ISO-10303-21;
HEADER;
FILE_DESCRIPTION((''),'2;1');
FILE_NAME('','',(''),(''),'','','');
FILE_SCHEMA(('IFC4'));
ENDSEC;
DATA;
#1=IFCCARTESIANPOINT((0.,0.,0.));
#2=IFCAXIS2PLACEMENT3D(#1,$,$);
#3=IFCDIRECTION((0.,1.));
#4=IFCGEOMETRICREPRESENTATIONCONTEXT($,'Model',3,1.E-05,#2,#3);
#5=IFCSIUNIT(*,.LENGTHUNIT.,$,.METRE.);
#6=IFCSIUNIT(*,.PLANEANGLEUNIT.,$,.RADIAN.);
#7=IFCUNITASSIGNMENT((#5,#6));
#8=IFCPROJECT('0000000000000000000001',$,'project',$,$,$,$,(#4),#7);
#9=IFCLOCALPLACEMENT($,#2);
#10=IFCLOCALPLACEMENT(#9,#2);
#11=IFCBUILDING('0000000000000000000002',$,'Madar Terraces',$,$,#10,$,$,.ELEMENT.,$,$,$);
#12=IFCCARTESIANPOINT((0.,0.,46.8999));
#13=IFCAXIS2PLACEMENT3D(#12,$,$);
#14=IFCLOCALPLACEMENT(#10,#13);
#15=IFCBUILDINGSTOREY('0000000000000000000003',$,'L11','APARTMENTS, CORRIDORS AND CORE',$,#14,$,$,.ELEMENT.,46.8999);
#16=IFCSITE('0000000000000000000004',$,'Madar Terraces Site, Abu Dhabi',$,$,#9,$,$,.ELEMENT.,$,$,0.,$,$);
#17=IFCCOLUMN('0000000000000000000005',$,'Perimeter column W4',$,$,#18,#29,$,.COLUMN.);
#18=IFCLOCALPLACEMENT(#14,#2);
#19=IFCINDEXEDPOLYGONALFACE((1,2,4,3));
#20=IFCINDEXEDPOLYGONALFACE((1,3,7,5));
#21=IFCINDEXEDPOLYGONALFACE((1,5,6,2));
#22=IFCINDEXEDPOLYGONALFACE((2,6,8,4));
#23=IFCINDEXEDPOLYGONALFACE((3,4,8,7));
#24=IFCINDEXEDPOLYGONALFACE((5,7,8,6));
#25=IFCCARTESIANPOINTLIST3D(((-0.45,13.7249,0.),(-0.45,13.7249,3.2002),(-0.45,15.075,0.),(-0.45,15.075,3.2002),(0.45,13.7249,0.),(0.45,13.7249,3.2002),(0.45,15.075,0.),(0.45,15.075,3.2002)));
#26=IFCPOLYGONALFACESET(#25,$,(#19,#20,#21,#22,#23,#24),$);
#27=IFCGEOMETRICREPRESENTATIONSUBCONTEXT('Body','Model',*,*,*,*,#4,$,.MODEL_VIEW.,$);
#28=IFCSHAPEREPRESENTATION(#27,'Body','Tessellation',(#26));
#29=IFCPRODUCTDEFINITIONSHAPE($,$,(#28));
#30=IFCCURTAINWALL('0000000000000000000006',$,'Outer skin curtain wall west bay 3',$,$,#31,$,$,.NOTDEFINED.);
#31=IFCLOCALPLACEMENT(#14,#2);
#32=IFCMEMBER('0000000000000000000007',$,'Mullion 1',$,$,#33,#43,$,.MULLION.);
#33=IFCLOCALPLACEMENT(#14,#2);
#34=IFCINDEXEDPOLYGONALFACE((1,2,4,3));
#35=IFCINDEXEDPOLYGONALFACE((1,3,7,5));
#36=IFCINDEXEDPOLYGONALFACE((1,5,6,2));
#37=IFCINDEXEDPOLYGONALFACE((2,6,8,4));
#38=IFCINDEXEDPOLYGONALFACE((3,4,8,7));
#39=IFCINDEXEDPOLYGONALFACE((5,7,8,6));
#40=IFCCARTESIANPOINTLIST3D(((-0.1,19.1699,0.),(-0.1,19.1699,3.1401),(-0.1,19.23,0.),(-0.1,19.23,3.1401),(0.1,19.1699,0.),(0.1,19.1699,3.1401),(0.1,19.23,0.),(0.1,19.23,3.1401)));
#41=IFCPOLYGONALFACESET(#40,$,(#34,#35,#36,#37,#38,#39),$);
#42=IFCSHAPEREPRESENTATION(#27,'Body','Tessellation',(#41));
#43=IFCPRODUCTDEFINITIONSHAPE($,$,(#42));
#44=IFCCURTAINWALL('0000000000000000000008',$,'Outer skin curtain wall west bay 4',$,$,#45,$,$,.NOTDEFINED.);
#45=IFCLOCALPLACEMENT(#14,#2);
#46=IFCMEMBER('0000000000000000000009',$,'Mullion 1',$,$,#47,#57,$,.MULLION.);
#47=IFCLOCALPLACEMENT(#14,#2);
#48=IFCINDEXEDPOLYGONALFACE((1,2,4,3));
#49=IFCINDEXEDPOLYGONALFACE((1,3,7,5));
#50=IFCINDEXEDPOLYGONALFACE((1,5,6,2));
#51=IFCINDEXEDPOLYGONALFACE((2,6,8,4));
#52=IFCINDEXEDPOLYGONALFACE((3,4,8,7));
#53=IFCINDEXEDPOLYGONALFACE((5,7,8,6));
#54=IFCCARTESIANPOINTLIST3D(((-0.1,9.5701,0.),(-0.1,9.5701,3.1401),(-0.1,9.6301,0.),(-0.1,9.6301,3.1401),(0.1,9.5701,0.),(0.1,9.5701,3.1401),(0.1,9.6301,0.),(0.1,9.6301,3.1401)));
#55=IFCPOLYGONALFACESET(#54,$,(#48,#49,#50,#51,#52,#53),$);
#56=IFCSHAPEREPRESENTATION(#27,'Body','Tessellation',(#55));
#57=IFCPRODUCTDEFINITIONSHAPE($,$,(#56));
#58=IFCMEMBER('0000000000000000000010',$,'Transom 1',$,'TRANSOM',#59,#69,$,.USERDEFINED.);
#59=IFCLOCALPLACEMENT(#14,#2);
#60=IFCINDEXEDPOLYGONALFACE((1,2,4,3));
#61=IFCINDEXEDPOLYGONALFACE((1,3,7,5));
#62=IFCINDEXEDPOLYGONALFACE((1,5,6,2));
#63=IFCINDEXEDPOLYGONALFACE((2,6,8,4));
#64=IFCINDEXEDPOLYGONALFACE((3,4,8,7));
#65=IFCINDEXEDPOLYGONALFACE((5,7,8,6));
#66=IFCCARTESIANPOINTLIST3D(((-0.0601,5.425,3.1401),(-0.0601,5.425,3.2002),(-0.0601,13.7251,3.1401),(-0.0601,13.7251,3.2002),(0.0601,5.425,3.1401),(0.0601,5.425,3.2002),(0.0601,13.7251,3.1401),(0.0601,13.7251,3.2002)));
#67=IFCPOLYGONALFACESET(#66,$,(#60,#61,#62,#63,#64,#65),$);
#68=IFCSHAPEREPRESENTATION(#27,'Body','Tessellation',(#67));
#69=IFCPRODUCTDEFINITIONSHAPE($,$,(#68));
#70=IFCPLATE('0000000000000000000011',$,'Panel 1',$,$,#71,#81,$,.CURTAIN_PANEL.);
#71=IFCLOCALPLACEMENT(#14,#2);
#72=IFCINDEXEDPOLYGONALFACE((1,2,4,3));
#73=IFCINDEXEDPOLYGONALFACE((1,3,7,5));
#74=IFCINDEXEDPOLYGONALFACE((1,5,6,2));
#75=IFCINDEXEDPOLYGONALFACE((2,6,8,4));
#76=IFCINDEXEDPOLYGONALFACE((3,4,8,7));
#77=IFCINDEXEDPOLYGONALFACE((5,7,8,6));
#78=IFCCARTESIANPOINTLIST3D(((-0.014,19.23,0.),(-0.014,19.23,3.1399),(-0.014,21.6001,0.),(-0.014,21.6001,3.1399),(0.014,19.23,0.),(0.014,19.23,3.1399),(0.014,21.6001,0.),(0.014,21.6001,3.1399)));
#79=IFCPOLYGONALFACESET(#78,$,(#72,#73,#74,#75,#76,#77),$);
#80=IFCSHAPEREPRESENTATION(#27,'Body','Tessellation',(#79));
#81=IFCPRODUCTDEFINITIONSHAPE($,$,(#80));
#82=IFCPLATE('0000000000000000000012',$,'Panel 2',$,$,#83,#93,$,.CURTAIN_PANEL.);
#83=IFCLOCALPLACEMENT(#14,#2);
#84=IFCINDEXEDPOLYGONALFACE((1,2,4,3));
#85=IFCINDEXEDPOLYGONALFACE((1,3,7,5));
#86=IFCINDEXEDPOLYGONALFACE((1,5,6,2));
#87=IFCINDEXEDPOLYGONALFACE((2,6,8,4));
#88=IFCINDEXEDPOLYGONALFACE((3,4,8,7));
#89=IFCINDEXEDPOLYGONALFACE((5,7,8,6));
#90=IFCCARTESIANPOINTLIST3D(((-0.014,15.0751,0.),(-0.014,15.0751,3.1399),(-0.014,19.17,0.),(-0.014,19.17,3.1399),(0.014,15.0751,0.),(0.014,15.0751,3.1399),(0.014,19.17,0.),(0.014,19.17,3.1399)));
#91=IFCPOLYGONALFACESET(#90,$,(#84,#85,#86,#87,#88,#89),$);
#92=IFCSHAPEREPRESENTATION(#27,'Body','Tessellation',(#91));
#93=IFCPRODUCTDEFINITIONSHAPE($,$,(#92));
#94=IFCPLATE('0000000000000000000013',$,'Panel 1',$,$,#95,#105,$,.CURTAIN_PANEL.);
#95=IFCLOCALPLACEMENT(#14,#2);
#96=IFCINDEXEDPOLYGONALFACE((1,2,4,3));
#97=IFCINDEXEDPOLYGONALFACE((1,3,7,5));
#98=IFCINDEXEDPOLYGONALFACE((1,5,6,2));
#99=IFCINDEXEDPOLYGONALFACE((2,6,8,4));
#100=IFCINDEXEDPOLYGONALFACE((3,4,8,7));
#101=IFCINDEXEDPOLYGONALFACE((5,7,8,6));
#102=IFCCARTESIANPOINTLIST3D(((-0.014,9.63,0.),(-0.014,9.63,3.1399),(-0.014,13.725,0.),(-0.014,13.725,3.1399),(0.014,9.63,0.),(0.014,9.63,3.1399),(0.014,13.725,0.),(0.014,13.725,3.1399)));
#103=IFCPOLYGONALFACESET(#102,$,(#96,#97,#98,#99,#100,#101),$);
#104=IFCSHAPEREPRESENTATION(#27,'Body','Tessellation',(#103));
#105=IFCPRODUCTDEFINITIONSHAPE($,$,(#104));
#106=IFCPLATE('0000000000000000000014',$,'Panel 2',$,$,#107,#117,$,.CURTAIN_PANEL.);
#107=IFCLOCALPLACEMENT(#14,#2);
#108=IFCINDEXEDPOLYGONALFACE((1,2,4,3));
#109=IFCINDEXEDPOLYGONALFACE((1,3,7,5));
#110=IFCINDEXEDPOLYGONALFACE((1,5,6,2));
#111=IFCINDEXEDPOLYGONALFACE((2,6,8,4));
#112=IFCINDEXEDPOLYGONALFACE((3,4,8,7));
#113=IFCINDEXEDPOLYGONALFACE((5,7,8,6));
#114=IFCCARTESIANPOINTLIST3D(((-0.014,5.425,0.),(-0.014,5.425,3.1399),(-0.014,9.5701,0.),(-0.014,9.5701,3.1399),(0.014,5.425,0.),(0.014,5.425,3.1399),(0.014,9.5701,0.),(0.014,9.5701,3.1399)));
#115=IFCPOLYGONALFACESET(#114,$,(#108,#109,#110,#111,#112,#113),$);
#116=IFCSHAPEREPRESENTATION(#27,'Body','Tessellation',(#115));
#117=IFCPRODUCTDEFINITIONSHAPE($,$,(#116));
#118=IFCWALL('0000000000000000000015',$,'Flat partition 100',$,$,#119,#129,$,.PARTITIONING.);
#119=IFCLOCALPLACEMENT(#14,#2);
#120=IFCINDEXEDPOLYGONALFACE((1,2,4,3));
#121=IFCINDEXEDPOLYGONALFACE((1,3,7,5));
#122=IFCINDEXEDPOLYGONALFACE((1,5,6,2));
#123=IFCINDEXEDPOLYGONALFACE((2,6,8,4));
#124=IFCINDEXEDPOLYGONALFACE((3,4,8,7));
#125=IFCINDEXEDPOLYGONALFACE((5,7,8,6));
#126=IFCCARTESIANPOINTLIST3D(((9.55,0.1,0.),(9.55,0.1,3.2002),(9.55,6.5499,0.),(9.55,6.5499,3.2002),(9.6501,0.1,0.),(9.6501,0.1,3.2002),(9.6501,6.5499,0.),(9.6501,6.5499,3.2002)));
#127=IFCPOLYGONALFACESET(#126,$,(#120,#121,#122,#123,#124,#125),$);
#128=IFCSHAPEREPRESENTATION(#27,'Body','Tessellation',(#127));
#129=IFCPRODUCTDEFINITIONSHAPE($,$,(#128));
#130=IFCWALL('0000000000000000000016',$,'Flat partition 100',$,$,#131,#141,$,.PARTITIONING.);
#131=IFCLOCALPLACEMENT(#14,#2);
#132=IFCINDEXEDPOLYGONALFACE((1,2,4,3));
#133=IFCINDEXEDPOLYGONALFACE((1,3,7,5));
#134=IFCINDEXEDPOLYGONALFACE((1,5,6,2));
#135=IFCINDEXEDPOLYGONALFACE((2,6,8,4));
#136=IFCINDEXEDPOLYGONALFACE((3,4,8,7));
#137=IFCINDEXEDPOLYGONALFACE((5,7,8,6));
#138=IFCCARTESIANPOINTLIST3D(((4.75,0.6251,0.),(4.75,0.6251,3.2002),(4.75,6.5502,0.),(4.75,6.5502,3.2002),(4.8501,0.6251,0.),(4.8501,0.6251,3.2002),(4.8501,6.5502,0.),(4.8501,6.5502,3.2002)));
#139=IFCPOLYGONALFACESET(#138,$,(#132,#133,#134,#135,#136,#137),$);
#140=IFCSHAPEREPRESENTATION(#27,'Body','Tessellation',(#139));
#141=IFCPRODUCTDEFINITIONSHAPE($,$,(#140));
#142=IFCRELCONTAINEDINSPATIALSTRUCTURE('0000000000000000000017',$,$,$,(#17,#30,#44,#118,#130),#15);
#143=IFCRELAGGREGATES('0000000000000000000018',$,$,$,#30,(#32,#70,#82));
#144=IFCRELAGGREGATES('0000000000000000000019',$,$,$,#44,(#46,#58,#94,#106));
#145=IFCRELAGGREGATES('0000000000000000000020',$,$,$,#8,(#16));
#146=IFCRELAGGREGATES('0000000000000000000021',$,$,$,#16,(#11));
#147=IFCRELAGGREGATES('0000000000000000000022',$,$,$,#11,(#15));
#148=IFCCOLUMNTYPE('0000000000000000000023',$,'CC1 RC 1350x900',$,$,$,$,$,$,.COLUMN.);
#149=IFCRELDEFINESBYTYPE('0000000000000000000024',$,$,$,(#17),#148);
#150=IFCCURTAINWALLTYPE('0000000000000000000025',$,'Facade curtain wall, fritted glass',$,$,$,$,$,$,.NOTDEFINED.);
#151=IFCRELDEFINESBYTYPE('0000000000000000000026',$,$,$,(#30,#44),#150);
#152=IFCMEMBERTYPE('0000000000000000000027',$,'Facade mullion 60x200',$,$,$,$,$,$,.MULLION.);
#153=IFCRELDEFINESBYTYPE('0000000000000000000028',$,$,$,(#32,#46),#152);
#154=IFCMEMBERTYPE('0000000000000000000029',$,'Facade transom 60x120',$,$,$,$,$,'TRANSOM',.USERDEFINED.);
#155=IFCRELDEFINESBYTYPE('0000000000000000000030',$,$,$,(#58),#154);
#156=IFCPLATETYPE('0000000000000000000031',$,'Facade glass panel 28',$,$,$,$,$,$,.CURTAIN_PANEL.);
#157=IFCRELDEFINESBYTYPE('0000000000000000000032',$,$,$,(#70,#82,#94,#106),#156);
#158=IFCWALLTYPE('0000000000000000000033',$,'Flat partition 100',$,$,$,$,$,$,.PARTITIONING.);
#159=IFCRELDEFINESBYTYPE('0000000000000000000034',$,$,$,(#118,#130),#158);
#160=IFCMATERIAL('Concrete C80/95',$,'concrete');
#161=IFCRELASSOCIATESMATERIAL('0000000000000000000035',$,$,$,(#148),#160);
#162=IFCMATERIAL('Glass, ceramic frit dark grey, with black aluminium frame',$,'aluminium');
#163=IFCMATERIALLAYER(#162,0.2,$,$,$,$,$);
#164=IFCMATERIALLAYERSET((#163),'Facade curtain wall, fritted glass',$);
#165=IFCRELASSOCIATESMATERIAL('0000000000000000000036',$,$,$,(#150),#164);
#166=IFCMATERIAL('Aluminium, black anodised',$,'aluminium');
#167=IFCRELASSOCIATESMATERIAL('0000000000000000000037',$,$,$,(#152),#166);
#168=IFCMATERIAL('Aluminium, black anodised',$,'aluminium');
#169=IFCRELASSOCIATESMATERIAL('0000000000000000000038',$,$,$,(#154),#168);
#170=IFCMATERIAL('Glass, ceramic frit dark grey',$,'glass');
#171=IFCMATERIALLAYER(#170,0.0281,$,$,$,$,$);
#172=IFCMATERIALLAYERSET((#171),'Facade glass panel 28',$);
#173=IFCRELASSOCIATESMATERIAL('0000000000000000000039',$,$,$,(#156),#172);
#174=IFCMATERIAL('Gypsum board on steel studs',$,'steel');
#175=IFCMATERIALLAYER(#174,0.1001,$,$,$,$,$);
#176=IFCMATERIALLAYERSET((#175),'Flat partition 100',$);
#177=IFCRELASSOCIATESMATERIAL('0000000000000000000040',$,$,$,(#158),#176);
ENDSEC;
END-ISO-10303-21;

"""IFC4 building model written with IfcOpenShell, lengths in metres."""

from ifc_helpers import new_model, si_unit, direction, frame, frame_2d, origin, origin_2d, place, context, subcontext, project, spatial, rectangle, extrude, material, layer, layer_set, material_profile, profile_set, type_object, element, aggregate, save


model = new_model("IFC4")

# Units and contexts
model_context = context("Model", 3, precision=1e-05, world=origin(), true_north=direction((0.0, 1.0)))
body_context = subcontext(model_context, "Body", "Model", "MODEL_VIEW")
ifc_project = project(units=[si_unit("LENGTHUNIT", "METRE"), si_unit("PLANEANGLEUNIT", "RADIAN")], contexts=[model_context])

# Site, building, storey
site_placement = place(None, origin())
site = spatial("IfcSite", under=ifc_project, at=site_placement, Name="Madar Terraces Site, Abu Dhabi", CompositionType="ELEMENT", RefElevation=0.0)
building_placement = place(site_placement, origin())
building = spatial("IfcBuilding", under=site, at=building_placement, Name="Madar Terraces", CompositionType="ELEMENT")
storey_placement = place(building_placement, frame((0.0, 0.0, 46.8999)))
storey = spatial("IfcBuildingStorey", under=building, at=storey_placement, Name="L11", Description="APARTMENTS, CORRIDORS AND CORE", CompositionType="ELEMENT", Elevation=46.8999)

# Column
ifc_material_1 = material(Name="Concrete C80/95", Category="concrete")
ifc_material_profile_1 = material_profile(ifc_material_1, rectangle(XDim=1.3501, YDim=0.8999, at=origin_2d()), Name="CC1 RC 1350x900")
ifc_profile_set_1 = profile_set([ifc_material_profile_1], Name="Concrete C80/95")
column_type = type_object("IfcColumnType", Name="CC1 RC 1350x900", PredefinedType="COLUMN", material=ifc_profile_set_1)
column_placement = place(storey_placement, frame((0.0, 14.3999, 0.0), z_axis=(0.0, 0.0, 1.0), x_axis=(0.0, 1.0, 0.0)))
element("IfcColumn", 1, at=column_placement, inside=storey, type_object=column_type, Name="Perimeter column W4", PredefinedType="COLUMN", context=body_context, shape_type="SweptSolid", body=[
    extrude(rectangle(XDim=1.3501, YDim=0.8999, at=origin_2d()), origin(), (0.0, 0.0, 1.0), 3.2002),
])

# Curtain wall, member
ifc_material_2 = material(Name="Glass, ceramic frit dark grey, with black aluminium frame", Category="aluminium")
ifc_layer_1 = layer(ifc_material_2, 0.2)
ifc_layer_set_1 = layer_set([ifc_layer_1], Name="Facade curtain wall, fritted glass")
curtain_wall_type = type_object("IfcCurtainWallType", Name="Facade curtain wall, fritted glass", PredefinedType="NOTDEFINED", material=ifc_layer_set_1)
curtain_wall_1_placement = place(storey_placement, origin())
curtain_wall_1 = element("IfcCurtainWall", 2, at=curtain_wall_1_placement, inside=storey, type_object=curtain_wall_type, Name="Outer skin curtain wall west bay 3", PredefinedType="NOTDEFINED")
ifc_material_3 = material(Name="Aluminium, black anodised", Category="aluminium")
ifc_material_profile_2 = material_profile(ifc_material_3, rectangle(XDim=0.2, YDim=0.0601, at=origin_2d()), Name="Facade mullion 60x200")
ifc_profile_set_2 = profile_set([ifc_material_profile_2], Name="Aluminium, black anodised")
member_type_1 = type_object("IfcMemberType", Name="Facade mullion 60x200", PredefinedType="MULLION", material=ifc_profile_set_2)
member_1_placement = place(storey_placement, frame((0.0, 19.2, 0.0), z_axis=(0.0, 0.0, 1.0), x_axis=(1.0, 0.0, 0.0)))
member_1 = element("IfcMember", 3, at=member_1_placement, type_object=member_type_1, Name="Mullion 1", PredefinedType="MULLION", context=body_context, shape_type="SweptSolid", body=[
    extrude(rectangle(XDim=0.2, YDim=0.0601, at=origin_2d()), origin(), (0.0, 0.0, 1.0), 3.1401),
])

# Curtain wall, members
curtain_wall_2_placement = place(storey_placement, origin())
curtain_wall_2 = element("IfcCurtainWall", 4, at=curtain_wall_2_placement, inside=storey, type_object=curtain_wall_type, Name="Outer skin curtain wall west bay 4", PredefinedType="NOTDEFINED")
member_2_placement = place(storey_placement, frame((0.0, 9.6001, 0.0), z_axis=(0.0, 0.0, 1.0), x_axis=(1.0, 0.0, 0.0)))
member_2 = element("IfcMember", 5, at=member_2_placement, type_object=member_type_1, Name="Mullion 1", PredefinedType="MULLION", context=body_context, shape_type="SweptSolid", body=[
    extrude(rectangle(XDim=0.2, YDim=0.0601, at=origin_2d()), origin(), (0.0, 0.0, 1.0), 3.1401),
])
ifc_material_4 = material(Name="Aluminium, black anodised", Category="aluminium")
ifc_material_profile_3 = material_profile(ifc_material_4, rectangle(XDim=0.1201, YDim=0.0601, at=origin_2d()), Name="Facade transom 60x120")
ifc_profile_set_3 = profile_set([ifc_material_profile_3], Name="Aluminium, black anodised")
member_type_2 = type_object("IfcMemberType", Name="Facade transom 60x120", ElementType="TRANSOM", PredefinedType="USERDEFINED", material=ifc_profile_set_3)
member_3_placement = place(storey_placement, frame((0.0, 13.7251, 3.1702), z_axis=(0.0, -1.0, 0.0), x_axis=(1.0, 0.0, 0.0)))
member_3 = element("IfcMember", 6, at=member_3_placement, type_object=member_type_2, Name="Transom 1", ObjectType="TRANSOM", PredefinedType="USERDEFINED", context=body_context, shape_type="SweptSolid", body=[
    extrude(rectangle(XDim=0.1201, YDim=0.0601, at=origin_2d()), origin(), (0.0, 0.0, 1.0), 8.3),
])

# Plates
ifc_material_5 = material(Name="Glass, ceramic frit dark grey", Category="glass")
ifc_layer_2 = layer(ifc_material_5, 0.0281)
ifc_layer_set_2 = layer_set([ifc_layer_2], Name="Facade glass panel 28")
plate_type = type_object("IfcPlateType", Name="Facade glass panel 28", PredefinedType="CURTAIN_PANEL", material=ifc_layer_set_2)
plate_1_placement = place(storey_placement, frame((0.0, 20.415, 0.0), z_axis=(0.0, 0.0, 1.0), x_axis=(0.0, -1.0, 0.0)))
plate_1 = element("IfcPlate", 7, at=plate_1_placement, type_object=plate_type, Name="Panel 1", PredefinedType="CURTAIN_PANEL", context=body_context, shape_type="SweptSolid", body=[
    extrude(rectangle(XDim=2.3701, YDim=0.0281, at=origin_2d()), origin(), (0.0, 0.0, 1.0), 3.1399),
])
plate_2_placement = place(storey_placement, frame((0.0, 17.1226, 0.0), z_axis=(0.0, 0.0, 1.0), x_axis=(0.0, -1.0, 0.0)))
plate_2 = element("IfcPlate", 8, at=plate_2_placement, type_object=plate_type, Name="Panel 2", PredefinedType="CURTAIN_PANEL", context=body_context, shape_type="SweptSolid", body=[
    extrude(rectangle(XDim=4.095, YDim=0.0281, at=origin_2d()), origin(), (0.0, 0.0, 1.0), 3.1399),
])
aggregate(curtain_wall_1, [member_1, plate_1, plate_2])
plate_3_placement = place(storey_placement, frame((0.0, 11.6775, 0.0), z_axis=(0.0, 0.0, 1.0), x_axis=(0.0, -1.0, 0.0)))
plate_3 = element("IfcPlate", 9, at=plate_3_placement, type_object=plate_type, Name="Panel 1", PredefinedType="CURTAIN_PANEL", context=body_context, shape_type="SweptSolid", body=[
    extrude(rectangle(XDim=4.095, YDim=0.0281, at=origin_2d()), origin(), (0.0, 0.0, 1.0), 3.1399),
])
plate_4_placement = place(storey_placement, frame((0.0, 7.4976, 0.0), z_axis=(0.0, 0.0, 1.0), x_axis=(0.0, -1.0, 0.0)))
plate_4 = element("IfcPlate", 10, at=plate_4_placement, type_object=plate_type, Name="Panel 2", PredefinedType="CURTAIN_PANEL", context=body_context, shape_type="SweptSolid", body=[
    extrude(rectangle(XDim=4.145, YDim=0.0281, at=origin_2d()), origin(), (0.0, 0.0, 1.0), 3.1399),
])
aggregate(curtain_wall_2, [member_2, member_3, plate_3, plate_4])

# Walls
ifc_material_6 = material(Name="Gypsum board on steel studs", Category="steel")
ifc_layer_3 = layer(ifc_material_6, 0.1001)
ifc_layer_set_3 = layer_set([ifc_layer_3], Name="Flat partition 100")
wall_type_1 = type_object("IfcWallType", Name="Flat partition 100", PredefinedType="PARTITIONING", material=ifc_layer_set_3)
wall_1_placement = place(storey_placement, frame((9.6001, 6.55, 0.0), z_axis=(0.0, 0.0, 1.0), x_axis=(0.0, -1.0, 0.0)))
element("IfcWall", 11, at=wall_1_placement, inside=storey, type_object=wall_type_1, Name="Flat partition 100", PredefinedType="PARTITIONING", context=body_context, shape_type="SweptSolid", body=[
    extrude(rectangle(XDim=6.45, YDim=0.1001, at=frame_2d((3.2251, 0.0))), origin(), (0.0, 0.0, 1.0), 3.2002),
])
wall_2_placement = place(storey_placement, frame((4.8, 6.55, 0.0), z_axis=(0.0, 0.0, 1.0), x_axis=(0.0, -1.0, 0.0)))
element("IfcWall", 12, at=wall_2_placement, inside=storey, type_object=wall_type_1, Name="Flat partition 100", PredefinedType="PARTITIONING", context=body_context, shape_type="SweptSolid", body=[
    extrude(rectangle(XDim=5.925, YDim=0.1001, at=frame_2d((2.9624, 0.0))), origin(), (0.0, 0.0, 1.0), 3.2002),
])

save(model, "model.ifc")
